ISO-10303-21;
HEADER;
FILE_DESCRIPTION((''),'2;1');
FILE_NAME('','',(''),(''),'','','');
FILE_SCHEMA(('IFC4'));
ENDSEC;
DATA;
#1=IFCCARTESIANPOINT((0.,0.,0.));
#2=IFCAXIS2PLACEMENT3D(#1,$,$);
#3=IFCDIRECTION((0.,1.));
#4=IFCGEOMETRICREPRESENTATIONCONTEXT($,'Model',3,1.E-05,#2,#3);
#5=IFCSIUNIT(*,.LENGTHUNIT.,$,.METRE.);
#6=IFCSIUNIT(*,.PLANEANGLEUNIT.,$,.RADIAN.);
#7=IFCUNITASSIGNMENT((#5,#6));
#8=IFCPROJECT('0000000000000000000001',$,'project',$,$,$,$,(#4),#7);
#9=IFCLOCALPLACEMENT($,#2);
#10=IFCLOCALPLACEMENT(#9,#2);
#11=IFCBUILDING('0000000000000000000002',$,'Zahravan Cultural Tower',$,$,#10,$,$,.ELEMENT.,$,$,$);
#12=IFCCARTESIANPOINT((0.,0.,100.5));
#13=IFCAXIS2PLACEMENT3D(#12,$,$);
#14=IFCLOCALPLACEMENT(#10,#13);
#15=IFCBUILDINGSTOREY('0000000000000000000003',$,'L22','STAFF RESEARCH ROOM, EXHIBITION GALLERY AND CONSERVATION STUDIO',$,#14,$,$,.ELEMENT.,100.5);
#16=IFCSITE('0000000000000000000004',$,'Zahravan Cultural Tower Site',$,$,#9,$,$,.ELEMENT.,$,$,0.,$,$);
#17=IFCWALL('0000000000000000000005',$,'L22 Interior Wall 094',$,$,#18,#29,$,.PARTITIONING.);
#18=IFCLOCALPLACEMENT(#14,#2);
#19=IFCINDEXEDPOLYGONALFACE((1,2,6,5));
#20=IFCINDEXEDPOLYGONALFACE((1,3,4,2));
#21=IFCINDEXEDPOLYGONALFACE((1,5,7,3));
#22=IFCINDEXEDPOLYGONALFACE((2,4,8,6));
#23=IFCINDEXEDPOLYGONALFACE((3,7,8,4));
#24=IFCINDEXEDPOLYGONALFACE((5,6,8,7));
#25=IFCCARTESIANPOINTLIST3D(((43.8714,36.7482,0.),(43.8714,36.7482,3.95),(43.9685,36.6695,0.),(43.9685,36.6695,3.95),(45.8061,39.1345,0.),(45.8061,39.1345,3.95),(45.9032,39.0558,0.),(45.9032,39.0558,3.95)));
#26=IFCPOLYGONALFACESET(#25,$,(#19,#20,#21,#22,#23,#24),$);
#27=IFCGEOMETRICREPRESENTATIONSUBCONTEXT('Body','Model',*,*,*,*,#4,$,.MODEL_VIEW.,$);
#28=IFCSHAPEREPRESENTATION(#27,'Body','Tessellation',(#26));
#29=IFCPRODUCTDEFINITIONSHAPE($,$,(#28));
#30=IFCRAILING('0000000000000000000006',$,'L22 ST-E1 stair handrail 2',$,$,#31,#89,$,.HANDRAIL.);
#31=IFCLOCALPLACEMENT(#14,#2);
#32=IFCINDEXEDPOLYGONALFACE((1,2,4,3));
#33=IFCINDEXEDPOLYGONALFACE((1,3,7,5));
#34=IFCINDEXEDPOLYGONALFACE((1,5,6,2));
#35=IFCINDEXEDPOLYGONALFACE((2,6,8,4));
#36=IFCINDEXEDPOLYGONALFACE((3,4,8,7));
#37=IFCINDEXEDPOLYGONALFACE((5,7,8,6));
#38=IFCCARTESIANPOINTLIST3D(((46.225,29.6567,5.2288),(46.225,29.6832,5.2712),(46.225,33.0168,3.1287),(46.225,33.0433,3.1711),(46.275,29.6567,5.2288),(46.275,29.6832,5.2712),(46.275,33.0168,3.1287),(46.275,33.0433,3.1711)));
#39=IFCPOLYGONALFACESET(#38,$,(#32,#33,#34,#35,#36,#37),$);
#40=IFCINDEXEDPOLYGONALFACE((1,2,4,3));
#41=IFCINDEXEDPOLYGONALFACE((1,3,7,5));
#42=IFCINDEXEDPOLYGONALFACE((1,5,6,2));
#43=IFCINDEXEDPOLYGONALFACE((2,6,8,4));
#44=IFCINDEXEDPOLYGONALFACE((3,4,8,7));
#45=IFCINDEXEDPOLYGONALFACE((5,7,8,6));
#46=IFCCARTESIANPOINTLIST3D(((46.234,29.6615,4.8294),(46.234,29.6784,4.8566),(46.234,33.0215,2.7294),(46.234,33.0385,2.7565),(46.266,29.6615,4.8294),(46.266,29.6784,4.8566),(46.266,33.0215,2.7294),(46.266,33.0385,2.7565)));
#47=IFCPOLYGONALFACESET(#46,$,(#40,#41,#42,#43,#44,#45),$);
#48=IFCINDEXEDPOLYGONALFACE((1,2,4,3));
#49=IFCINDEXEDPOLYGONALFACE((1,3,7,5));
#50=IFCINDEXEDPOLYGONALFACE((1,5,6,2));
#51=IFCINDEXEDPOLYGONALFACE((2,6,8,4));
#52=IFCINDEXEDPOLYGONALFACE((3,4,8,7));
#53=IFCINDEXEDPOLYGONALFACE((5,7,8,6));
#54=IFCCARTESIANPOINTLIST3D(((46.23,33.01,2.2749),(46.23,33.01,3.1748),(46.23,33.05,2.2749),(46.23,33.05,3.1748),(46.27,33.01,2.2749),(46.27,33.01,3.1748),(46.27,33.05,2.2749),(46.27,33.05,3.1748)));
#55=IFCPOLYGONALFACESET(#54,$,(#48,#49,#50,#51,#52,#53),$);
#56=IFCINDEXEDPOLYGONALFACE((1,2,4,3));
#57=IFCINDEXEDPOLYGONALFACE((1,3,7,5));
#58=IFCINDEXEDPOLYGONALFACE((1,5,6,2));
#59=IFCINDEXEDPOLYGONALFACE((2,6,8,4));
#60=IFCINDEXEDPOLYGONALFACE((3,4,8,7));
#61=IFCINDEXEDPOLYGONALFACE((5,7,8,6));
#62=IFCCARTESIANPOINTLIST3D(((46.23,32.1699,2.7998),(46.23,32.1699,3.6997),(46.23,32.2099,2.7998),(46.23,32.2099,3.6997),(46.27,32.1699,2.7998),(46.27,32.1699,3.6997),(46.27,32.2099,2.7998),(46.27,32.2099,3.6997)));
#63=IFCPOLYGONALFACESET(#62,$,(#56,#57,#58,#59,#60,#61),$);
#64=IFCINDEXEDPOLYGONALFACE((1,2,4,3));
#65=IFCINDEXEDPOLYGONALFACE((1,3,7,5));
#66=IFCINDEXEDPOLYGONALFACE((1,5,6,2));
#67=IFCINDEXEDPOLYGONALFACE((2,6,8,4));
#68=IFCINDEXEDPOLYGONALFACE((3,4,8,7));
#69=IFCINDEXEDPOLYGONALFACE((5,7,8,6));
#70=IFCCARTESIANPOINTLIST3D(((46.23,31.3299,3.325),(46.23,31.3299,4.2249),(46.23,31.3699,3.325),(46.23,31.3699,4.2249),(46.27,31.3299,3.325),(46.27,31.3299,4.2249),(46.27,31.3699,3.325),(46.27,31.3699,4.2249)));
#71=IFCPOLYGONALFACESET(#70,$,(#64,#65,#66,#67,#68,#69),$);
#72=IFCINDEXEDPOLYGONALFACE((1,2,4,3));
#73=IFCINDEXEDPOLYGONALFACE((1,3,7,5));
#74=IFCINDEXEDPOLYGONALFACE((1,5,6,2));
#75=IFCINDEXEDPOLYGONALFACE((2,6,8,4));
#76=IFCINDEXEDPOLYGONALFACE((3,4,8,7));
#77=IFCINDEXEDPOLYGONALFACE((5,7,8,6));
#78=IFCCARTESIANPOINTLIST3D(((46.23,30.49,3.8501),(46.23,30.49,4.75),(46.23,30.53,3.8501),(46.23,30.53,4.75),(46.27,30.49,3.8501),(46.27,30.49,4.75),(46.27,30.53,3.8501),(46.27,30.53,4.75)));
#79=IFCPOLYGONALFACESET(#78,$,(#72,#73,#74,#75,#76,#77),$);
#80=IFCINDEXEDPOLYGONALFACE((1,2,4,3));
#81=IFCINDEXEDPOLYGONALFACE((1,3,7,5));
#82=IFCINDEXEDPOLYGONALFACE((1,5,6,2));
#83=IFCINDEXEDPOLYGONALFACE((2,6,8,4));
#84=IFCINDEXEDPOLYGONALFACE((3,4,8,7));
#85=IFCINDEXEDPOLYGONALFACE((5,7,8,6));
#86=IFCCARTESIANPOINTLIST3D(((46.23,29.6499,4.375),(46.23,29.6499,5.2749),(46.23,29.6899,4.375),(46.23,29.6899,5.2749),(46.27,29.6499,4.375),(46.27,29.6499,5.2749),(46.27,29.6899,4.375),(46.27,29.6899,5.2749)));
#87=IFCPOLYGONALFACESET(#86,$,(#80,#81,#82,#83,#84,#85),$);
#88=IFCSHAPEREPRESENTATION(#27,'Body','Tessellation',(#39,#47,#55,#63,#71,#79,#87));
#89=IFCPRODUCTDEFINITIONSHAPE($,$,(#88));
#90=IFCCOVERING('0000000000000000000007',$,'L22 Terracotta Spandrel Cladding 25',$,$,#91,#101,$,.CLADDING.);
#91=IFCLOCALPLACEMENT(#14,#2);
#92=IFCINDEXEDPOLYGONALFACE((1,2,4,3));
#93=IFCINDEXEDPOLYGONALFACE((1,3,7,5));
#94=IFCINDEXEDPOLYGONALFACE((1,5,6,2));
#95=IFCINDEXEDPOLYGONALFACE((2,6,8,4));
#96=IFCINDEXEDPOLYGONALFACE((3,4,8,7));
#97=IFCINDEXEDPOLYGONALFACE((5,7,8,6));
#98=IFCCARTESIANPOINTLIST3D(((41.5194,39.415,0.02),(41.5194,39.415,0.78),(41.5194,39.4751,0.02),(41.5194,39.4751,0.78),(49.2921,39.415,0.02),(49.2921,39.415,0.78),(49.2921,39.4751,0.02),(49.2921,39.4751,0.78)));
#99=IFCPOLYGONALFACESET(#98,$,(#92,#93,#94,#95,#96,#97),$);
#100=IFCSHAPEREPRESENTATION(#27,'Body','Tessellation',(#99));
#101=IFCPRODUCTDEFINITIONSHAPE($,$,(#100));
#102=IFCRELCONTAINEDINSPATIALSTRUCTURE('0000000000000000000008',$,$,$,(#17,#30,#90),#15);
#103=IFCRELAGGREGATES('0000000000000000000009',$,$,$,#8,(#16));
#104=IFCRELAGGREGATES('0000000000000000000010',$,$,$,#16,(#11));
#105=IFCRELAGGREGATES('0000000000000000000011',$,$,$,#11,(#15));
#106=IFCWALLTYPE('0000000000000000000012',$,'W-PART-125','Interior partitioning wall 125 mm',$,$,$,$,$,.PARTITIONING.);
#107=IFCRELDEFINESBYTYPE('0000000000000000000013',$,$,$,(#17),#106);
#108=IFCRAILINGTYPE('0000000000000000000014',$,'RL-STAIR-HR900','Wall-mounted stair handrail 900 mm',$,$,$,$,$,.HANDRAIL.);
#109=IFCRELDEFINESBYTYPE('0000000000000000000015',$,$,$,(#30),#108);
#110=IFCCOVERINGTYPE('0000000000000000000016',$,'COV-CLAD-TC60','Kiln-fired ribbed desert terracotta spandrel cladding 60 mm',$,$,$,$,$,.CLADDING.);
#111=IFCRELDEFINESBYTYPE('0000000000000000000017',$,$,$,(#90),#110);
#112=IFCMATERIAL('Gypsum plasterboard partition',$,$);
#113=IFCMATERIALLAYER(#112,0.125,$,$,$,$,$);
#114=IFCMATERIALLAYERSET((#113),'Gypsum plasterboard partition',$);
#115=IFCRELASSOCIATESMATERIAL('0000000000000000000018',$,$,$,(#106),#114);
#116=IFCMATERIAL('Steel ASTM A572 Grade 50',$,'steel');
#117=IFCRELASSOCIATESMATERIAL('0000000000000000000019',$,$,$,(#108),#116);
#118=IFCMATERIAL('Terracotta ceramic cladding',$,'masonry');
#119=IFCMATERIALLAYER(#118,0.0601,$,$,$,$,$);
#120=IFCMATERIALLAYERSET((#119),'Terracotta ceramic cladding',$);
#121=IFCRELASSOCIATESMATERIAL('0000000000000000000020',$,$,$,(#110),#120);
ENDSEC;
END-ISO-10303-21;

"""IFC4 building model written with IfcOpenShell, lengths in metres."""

from ifc_helpers import new_model, si_unit, direction, frame, frame_2d, origin, origin_2d, place, context, subcontext, project, spatial, rectangle, extrude, source, transform, mapped, material, layer, layer_set, type_object, element, save


model = new_model("IFC4")

# Units and contexts
model_context = context("Model", 3, precision=1e-05, world=origin(), true_north=direction((0.0, 1.0)))
body_context = subcontext(model_context, "Body", "Model", "MODEL_VIEW")
ifc_project = project(units=[si_unit("LENGTHUNIT", "METRE"), si_unit("PLANEANGLEUNIT", "RADIAN")], contexts=[model_context])

# Site, building, storey
site_placement = place(None, origin())
site = spatial("IfcSite", under=ifc_project, at=site_placement, Name="Zahravan Cultural Tower Site", CompositionType="ELEMENT", RefElevation=0.0)
building_placement = place(site_placement, origin())
building = spatial("IfcBuilding", under=site, at=building_placement, Name="Zahravan Cultural Tower", CompositionType="ELEMENT")
storey_placement = place(building_placement, frame((0.0, 0.0, 100.5)))
storey = spatial("IfcBuildingStorey", under=building, at=storey_placement, Name="L22", Description="STAFF RESEARCH ROOM, EXHIBITION GALLERY AND CONSERVATION STUDIO", CompositionType="ELEMENT", Elevation=100.5)

# Shared definitions
ifc_material_1 = material(Name="Gypsum plasterboard partition")
ifc_layer_1 = layer(ifc_material_1, 0.125)
ifc_layer_set_1 = layer_set([ifc_layer_1], Name="Gypsum plasterboard partition")
wall_type_1 = type_object("IfcWallType", Name="W-PART-125", Description="Interior partitioning wall 125 mm", PredefinedType="PARTITIONING", material=ifc_layer_set_1)
ifc_material_2 = material(Name="Steel ASTM A572 Grade 50", Category="steel")

# Wall
shared_shape_1 = source(origin(), body_context, "Body", "SweptSolid", [
    extrude(rectangle(XDim=3.072, YDim=0.125, at=frame_2d((1.5361, 0.0))), origin(), (0.0, 0.0, 1.0), 3.95),
])
wall_1_placement = place(storey_placement, frame((43.9199, 36.7087, 0.0), z_axis=(0.0, 0.0, 1.0), x_axis=(0.62976, 0.776789, 0.0)))
element("IfcWall", 1, at=wall_1_placement, inside=storey, type_object=wall_type_1, Name="L22 Interior Wall 094", PredefinedType="PARTITIONING", context=body_context, shape_type="MappedRepresentation", body=[
    mapped(shared_shape_1, transform((0.0, 0.0, 0.0), x_axis=(1.0, 0.0, 0.0), y_axis=(0.0, 1.0, 0.0), z_axis=(0.0, 0.0, 1.0), scale=1.0)),
])

# Railing
railing_type = type_object("IfcRailingType", Name="RL-STAIR-HR900", Description="Wall-mounted stair handrail 900 mm", PredefinedType="HANDRAIL", material=ifc_material_2)
railing_placement = place(storey_placement, frame((46.25, 33.03, 2.2749)))
element("IfcRailing", 2, at=railing_placement, inside=storey, type_object=railing_type, Name="L22 ST-E1 stair handrail 2", PredefinedType="HANDRAIL", context=body_context, shape_type="SweptSolid", body=[
    extrude(rectangle(XDim=0.05, YDim=0.05, at=origin_2d()), frame((0.0, 0.0, 0.875), z_axis=(0.0, -0.847995, 0.530004), x_axis=(1.0, 0.0, 0.0)), (0.0, 0.0, 1.0), 3.9624),
    extrude(rectangle(XDim=0.032, YDim=0.032, at=origin_2d()), frame((0.0, 0.0, 0.468), z_axis=(0.0, -0.847995, 0.530004), x_axis=(1.0, 0.0, 0.0)), (0.0, 0.0, 1.0), 3.9624),
    extrude(rectangle(XDim=0.04, YDim=0.04, at=origin_2d()), origin(), (0.0, 0.0, 1.0), 0.8999),
    extrude(rectangle(XDim=0.04, YDim=0.04, at=origin_2d()), frame((0.0, -0.8401, 0.5249)), (0.0, 0.0, 1.0), 0.8999),
    extrude(rectangle(XDim=0.04, YDim=0.04, at=origin_2d()), frame((0.0, -1.6802, 1.05)), (0.0, 0.0, 1.0), 0.8999),
    extrude(rectangle(XDim=0.04, YDim=0.04, at=origin_2d()), frame((0.0, -2.52, 1.5752)), (0.0, 0.0, 1.0), 0.8999),
    extrude(rectangle(XDim=0.04, YDim=0.04, at=origin_2d()), frame((0.0, -3.3601, 2.1001)), (0.0, 0.0, 1.0), 0.8999),
])

# Covering
ifc_material_3 = material(Name="Terracotta ceramic cladding", Category="masonry")
ifc_layer_2 = layer(ifc_material_3, 0.0601)
ifc_layer_set_2 = layer_set([ifc_layer_2], Name="Terracotta ceramic cladding")
covering_type = type_object("IfcCoveringType", Name="COV-CLAD-TC60", Description="Kiln-fired ribbed desert terracotta spandrel cladding 60 mm", PredefinedType="CLADDING", material=ifc_layer_set_2)
shared_shape_2 = source(origin(), body_context, "Body", "SweptSolid", [
    extrude(rectangle(XDim=7.7727, YDim=0.0601, at=origin_2d()), origin(), (0.0, 0.0, 1.0), 0.76),
])
covering_placement = place(storey_placement, frame((45.4058, 39.4451, 0.02), z_axis=(0.0, 0.0, 1.0), x_axis=(1.0, 0.0, 0.0)))
element("IfcCovering", 3, at=covering_placement, inside=storey, type_object=covering_type, Name="L22 Terracotta Spandrel Cladding 25", PredefinedType="CLADDING", context=body_context, shape_type="MappedRepresentation", body=[
    mapped(shared_shape_2, transform((0.0, 0.0, 0.0), x_axis=(1.0, 0.0, 0.0), y_axis=(0.0, 1.0, 0.0), z_axis=(0.0, 0.0, 1.0), scale=1.0)),
])

save(model, "model.ifc")
